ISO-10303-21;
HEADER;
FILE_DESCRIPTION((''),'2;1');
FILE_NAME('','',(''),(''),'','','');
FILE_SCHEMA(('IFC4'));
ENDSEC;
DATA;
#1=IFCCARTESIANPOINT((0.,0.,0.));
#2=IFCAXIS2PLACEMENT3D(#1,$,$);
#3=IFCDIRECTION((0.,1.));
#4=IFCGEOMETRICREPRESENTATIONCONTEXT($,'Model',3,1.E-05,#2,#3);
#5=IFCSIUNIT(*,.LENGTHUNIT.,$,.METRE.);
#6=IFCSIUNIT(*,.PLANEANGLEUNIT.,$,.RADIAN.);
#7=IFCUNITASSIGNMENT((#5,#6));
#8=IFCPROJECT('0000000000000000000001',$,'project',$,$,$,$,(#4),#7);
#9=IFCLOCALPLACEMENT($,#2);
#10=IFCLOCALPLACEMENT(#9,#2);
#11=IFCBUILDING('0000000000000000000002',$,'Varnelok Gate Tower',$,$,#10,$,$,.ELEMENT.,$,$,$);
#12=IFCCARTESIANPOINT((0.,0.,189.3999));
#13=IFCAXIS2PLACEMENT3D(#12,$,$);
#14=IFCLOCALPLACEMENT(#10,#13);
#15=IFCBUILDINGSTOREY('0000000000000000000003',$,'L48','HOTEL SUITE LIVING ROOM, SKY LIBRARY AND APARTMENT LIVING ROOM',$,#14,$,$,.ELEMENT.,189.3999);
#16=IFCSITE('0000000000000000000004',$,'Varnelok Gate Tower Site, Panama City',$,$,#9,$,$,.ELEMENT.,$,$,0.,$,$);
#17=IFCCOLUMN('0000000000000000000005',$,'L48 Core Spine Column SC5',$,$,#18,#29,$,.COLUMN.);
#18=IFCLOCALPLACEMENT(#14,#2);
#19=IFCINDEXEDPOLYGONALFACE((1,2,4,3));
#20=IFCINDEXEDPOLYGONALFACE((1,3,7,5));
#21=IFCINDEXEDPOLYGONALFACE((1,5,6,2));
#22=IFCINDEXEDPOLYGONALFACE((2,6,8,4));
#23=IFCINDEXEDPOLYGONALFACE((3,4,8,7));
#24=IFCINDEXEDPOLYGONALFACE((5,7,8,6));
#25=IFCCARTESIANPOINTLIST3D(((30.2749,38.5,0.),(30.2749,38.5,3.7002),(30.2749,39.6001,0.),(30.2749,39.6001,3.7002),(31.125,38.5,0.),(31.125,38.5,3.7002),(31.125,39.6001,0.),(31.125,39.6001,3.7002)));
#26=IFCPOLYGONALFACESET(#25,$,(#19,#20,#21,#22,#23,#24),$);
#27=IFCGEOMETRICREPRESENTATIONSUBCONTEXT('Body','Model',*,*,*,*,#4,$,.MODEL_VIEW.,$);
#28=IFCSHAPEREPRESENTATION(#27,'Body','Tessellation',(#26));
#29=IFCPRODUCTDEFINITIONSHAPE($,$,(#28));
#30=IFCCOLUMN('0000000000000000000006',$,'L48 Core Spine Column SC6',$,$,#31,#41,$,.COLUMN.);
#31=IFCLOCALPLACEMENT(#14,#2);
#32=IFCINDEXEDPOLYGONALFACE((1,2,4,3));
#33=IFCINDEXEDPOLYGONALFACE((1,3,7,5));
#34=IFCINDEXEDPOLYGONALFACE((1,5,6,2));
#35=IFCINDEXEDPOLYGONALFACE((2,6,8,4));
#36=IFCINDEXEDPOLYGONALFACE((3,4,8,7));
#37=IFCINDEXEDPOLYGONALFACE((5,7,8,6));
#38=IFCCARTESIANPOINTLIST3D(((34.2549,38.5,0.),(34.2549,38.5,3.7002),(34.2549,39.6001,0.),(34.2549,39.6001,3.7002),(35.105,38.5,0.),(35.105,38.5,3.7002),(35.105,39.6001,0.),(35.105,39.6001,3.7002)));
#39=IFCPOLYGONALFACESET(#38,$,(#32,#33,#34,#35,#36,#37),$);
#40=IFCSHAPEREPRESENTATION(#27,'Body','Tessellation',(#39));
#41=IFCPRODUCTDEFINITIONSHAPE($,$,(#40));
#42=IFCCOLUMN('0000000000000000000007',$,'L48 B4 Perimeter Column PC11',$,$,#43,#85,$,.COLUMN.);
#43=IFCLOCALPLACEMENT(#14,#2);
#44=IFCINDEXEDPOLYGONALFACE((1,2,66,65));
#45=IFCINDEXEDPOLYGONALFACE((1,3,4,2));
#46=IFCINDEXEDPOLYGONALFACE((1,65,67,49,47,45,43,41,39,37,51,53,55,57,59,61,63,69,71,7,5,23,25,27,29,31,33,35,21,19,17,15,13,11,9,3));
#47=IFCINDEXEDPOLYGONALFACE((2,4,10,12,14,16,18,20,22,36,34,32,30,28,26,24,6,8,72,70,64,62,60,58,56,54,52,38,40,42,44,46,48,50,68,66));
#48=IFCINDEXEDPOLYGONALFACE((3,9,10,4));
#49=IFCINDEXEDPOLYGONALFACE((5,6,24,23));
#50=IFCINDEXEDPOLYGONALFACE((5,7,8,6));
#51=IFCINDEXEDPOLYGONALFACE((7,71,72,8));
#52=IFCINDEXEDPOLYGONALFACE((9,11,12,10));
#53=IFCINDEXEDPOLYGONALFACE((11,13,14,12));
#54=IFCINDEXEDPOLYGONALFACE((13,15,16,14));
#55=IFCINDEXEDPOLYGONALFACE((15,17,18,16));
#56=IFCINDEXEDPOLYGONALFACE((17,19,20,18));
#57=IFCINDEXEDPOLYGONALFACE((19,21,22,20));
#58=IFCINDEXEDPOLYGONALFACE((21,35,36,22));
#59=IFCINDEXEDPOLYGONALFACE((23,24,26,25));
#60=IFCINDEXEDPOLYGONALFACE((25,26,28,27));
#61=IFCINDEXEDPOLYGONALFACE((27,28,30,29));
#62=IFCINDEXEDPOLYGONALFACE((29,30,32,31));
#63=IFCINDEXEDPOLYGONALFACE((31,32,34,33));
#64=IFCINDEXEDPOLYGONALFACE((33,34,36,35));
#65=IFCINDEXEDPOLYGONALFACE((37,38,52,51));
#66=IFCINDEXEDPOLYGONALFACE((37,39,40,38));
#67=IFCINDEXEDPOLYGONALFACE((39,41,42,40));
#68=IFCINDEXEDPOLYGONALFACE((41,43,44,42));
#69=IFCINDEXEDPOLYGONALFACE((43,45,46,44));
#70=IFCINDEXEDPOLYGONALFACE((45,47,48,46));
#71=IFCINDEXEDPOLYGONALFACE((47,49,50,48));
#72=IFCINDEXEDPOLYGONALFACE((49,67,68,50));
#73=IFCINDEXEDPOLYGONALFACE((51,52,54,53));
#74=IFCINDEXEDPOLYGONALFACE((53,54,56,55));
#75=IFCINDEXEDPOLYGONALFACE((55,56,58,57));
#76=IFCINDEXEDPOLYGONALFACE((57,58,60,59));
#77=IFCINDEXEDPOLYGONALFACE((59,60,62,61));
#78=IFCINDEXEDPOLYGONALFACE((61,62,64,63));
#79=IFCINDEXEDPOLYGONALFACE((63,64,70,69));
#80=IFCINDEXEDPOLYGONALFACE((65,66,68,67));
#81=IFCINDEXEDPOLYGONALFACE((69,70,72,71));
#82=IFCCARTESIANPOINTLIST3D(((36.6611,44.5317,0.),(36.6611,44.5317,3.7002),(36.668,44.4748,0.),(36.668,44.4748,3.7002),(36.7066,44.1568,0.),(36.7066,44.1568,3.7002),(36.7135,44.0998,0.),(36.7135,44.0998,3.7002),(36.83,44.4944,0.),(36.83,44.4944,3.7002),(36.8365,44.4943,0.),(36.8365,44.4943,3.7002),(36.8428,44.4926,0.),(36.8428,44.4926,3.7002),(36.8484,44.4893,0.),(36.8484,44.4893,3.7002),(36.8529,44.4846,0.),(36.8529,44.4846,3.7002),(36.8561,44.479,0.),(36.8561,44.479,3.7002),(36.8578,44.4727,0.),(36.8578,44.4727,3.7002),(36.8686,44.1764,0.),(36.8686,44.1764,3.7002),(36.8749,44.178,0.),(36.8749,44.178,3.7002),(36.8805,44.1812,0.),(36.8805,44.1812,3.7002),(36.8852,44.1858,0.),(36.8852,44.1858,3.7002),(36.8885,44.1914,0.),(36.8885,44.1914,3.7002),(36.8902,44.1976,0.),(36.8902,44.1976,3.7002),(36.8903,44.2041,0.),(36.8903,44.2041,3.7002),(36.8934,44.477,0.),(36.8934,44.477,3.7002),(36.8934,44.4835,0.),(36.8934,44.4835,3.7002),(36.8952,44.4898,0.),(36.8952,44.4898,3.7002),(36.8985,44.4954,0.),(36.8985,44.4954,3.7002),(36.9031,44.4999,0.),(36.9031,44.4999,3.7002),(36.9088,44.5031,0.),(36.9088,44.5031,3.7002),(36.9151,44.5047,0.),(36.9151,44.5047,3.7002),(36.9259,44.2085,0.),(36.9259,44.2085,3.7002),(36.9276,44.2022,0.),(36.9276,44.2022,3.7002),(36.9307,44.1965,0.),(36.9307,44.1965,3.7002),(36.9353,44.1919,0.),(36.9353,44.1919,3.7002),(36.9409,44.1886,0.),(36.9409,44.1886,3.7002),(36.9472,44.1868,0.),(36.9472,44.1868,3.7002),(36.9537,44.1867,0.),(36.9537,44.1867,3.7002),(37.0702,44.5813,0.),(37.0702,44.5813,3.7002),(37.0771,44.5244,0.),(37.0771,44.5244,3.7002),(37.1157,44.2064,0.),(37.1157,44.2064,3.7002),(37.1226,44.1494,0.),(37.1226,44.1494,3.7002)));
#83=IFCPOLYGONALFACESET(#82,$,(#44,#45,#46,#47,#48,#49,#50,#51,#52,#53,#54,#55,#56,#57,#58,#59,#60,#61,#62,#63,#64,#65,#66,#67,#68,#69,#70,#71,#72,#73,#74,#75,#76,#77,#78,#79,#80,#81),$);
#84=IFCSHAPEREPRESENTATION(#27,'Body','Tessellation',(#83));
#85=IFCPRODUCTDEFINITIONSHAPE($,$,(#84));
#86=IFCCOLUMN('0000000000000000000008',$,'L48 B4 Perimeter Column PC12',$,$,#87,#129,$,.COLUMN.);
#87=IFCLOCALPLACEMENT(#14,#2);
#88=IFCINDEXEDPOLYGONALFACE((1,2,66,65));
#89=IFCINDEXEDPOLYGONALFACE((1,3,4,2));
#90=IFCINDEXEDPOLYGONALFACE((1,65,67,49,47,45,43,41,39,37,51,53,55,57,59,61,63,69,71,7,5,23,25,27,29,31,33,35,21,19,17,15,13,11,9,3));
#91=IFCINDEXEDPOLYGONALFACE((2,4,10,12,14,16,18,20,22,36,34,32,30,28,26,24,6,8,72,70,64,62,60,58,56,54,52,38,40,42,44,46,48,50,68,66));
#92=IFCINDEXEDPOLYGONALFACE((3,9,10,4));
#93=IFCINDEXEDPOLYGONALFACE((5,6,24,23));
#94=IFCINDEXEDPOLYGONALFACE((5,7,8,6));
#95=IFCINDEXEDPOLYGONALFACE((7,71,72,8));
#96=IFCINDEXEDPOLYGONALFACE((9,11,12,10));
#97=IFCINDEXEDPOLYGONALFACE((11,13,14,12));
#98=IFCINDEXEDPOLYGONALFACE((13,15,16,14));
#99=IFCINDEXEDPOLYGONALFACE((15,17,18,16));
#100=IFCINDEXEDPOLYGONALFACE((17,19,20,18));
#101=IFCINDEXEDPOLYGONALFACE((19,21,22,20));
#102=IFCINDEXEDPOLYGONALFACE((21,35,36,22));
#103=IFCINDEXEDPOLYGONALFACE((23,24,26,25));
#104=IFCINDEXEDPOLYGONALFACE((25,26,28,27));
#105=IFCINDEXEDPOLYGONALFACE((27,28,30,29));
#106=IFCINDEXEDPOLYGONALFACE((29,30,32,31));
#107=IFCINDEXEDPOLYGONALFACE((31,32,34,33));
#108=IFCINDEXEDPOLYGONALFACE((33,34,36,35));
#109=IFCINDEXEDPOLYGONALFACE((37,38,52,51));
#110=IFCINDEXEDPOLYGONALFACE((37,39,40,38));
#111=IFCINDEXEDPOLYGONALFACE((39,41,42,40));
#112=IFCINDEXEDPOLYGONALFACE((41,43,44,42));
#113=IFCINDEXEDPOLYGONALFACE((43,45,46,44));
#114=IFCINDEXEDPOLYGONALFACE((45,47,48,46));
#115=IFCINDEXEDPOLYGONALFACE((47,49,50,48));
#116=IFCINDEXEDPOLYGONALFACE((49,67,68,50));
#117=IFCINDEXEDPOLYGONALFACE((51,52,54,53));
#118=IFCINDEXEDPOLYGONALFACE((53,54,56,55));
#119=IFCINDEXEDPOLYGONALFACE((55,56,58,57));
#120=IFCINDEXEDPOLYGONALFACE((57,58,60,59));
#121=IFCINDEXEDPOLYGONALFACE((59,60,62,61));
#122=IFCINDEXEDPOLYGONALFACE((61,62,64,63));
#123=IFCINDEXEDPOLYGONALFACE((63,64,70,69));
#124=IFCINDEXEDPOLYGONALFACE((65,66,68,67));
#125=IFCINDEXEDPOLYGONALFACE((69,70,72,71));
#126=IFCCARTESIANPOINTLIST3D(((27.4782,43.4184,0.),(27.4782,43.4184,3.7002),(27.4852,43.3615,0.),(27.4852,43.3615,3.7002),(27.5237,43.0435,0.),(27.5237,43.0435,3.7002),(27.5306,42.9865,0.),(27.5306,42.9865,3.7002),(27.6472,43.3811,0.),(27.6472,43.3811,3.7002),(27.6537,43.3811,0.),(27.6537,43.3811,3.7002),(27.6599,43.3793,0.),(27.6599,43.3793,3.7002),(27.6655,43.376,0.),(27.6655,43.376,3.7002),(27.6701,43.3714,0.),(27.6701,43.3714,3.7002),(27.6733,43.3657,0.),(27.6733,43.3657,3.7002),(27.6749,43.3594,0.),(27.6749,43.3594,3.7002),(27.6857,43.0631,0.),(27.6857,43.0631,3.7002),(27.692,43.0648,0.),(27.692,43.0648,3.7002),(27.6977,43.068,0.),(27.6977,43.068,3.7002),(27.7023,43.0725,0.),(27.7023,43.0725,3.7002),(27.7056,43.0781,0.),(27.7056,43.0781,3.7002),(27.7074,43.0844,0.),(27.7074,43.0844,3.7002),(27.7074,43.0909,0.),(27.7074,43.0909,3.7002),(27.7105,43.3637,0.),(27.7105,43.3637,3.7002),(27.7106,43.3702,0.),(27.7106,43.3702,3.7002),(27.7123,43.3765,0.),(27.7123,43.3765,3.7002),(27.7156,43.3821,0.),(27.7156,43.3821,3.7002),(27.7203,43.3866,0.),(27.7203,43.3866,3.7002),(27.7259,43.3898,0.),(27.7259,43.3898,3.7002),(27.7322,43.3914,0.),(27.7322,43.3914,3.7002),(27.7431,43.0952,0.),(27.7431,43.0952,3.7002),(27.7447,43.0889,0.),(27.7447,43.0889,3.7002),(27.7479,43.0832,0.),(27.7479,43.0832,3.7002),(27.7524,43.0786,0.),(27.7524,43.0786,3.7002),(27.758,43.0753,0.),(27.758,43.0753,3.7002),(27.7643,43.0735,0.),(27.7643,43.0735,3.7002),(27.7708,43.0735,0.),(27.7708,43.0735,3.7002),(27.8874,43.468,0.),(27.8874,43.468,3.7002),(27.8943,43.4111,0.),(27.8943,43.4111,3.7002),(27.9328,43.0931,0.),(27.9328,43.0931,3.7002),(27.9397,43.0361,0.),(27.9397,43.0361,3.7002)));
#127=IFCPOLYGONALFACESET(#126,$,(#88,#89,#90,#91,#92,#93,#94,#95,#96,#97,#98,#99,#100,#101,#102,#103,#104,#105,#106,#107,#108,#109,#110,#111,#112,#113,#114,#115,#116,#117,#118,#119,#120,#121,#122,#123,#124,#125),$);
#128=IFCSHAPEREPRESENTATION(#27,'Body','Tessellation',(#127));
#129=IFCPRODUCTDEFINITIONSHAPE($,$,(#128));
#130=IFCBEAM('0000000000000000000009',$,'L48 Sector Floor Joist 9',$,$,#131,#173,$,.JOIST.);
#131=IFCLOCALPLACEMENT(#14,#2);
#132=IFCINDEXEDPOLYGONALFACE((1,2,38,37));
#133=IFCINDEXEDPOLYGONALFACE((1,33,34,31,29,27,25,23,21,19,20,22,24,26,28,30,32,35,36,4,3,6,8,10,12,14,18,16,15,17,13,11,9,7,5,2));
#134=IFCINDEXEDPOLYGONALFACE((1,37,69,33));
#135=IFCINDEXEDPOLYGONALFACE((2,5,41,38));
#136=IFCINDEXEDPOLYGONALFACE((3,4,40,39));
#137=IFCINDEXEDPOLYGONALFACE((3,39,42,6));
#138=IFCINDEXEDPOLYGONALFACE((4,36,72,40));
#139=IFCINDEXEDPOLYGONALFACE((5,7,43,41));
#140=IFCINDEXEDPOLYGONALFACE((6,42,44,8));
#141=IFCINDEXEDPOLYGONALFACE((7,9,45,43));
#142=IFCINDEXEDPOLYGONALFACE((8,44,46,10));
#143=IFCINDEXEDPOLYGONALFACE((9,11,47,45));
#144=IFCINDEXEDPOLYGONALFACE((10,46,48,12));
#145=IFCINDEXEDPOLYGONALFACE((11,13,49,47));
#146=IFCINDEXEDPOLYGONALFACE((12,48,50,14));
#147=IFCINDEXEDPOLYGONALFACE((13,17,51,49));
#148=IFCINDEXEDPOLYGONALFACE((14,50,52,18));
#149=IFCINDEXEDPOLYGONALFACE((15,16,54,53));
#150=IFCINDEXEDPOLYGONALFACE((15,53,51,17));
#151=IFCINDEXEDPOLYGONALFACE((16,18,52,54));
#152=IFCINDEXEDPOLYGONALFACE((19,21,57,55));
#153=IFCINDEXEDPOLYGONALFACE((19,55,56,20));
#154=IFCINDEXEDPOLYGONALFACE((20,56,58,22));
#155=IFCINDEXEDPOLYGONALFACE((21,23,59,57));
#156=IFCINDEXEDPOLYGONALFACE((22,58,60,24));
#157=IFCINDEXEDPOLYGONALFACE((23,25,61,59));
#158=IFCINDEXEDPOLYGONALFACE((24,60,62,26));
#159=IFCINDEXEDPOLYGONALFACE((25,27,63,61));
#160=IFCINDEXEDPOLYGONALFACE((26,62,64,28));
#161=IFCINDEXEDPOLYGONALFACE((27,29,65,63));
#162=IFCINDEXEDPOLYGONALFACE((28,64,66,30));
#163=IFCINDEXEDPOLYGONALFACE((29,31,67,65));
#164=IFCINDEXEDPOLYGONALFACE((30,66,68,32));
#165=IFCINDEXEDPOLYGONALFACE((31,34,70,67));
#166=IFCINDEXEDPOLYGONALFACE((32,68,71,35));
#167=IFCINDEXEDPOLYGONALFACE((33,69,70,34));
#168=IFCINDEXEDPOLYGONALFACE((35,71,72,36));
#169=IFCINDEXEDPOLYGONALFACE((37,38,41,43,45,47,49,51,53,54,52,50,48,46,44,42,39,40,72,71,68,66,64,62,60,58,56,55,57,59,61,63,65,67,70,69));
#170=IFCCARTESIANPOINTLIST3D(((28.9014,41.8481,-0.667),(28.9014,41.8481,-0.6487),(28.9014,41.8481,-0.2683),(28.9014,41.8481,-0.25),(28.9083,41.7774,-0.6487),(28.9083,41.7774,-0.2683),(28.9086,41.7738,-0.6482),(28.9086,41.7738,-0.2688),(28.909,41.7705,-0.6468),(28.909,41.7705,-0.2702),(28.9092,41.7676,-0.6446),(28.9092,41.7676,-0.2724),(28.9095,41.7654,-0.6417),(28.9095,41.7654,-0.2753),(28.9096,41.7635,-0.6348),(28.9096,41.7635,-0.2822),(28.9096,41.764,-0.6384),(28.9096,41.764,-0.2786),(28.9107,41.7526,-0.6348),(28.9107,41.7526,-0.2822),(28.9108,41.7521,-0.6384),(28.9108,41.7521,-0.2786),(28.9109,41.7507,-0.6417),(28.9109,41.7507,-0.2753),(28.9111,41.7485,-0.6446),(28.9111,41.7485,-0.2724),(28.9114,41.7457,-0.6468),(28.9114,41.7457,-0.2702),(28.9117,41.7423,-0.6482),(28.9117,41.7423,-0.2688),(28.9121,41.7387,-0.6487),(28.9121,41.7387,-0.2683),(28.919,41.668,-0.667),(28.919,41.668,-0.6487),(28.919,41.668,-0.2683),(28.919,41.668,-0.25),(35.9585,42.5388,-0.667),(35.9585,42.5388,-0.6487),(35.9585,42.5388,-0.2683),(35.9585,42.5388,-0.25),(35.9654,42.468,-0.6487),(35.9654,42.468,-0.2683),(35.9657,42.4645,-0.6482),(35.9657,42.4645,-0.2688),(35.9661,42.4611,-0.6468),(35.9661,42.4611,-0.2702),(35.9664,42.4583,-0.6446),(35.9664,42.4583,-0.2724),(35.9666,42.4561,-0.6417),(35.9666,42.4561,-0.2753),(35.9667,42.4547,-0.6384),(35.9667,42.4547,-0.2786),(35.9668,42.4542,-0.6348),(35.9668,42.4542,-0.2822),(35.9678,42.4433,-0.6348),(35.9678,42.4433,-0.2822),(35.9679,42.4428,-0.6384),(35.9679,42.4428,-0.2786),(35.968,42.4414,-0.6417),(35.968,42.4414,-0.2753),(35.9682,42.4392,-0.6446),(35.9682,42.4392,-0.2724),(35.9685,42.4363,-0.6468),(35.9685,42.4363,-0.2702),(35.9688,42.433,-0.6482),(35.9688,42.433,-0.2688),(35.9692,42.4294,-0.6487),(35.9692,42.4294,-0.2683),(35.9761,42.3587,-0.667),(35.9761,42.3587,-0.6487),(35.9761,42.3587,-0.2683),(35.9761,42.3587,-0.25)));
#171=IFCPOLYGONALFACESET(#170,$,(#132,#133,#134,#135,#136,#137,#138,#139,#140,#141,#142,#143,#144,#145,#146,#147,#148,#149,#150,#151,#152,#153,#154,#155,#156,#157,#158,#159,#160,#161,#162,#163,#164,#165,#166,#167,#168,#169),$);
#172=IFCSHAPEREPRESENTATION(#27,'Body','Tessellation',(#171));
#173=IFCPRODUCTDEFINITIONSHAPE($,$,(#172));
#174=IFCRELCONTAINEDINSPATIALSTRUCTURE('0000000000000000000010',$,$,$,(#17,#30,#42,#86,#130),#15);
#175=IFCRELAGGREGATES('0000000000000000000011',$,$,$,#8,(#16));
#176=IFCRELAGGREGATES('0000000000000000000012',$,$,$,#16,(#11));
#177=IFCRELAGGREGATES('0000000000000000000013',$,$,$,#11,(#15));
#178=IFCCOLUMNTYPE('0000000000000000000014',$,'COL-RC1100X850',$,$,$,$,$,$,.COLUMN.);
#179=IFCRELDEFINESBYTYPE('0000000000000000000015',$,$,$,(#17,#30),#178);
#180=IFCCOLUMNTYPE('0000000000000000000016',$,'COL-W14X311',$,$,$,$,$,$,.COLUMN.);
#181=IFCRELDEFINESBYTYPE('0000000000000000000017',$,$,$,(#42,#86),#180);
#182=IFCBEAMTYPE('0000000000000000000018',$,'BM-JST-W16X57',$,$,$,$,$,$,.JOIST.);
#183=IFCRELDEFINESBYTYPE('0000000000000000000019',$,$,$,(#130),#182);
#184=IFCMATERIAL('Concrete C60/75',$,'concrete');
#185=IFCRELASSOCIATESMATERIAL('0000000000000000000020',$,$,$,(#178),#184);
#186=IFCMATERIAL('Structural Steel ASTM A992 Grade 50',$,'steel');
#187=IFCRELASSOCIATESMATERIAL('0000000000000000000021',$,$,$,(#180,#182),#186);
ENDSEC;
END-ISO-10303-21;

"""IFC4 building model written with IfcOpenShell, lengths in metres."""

from ifc_helpers import new_model, si_unit, direction, frame, origin, origin_2d, place, context, subcontext, project, spatial, rectangle, i_section, extrude, material, material_profile, profile_set, type_object, element, save


model = new_model("IFC4")

# Units and contexts
model_context = context("Model", 3, precision=1e-05, world=origin(), true_north=direction((0.0, 1.0)))
body_context = subcontext(model_context, "Body", "Model", "MODEL_VIEW")
ifc_project = project(units=[si_unit("LENGTHUNIT", "METRE"), si_unit("PLANEANGLEUNIT", "RADIAN")], contexts=[model_context])

# Site, building, storey
site_placement = place(None, origin())
site = spatial("IfcSite", under=ifc_project, at=site_placement, Name="Varnelok Gate Tower Site, Panama City", CompositionType="ELEMENT", RefElevation=0.0)
building_placement = place(site_placement, origin())
building = spatial("IfcBuilding", under=site, at=building_placement, Name="Varnelok Gate Tower", CompositionType="ELEMENT")
storey_placement = place(building_placement, frame((0.0, 0.0, 189.3999)))
storey = spatial("IfcBuildingStorey", under=building, at=storey_placement, Name="L48", Description="HOTEL SUITE LIVING ROOM, SKY LIBRARY AND APARTMENT LIVING ROOM", CompositionType="ELEMENT", Elevation=189.3999)

# Columns
ifc_material_1 = material(Name="Concrete C60/75", Category="concrete")
ifc_material_profile_1 = material_profile(ifc_material_1, rectangle(XDim=0.8501, YDim=1.1001, at=origin_2d()), Name="RC1100X850")
ifc_profile_set_1 = profile_set([ifc_material_profile_1], Name="Concrete C60/75")
column_type_1 = type_object("IfcColumnType", Name="COL-RC1100X850", PredefinedType="COLUMN", material=ifc_profile_set_1)
for number, where, z_axis, x_axis, name in (
    (1, (30.7, 39.05, 0.0), (0.0, 0.0, 1.0), (1.0, 0.0, 0.0), "L48 Core Spine Column SC5"),
    (2, (34.6799, 39.05, 0.0), (0.0, 0.0, 1.0), (1.0, 0.0, 0.0), "L48 Core Spine Column SC6"),
):
    element("IfcColumn", number, at=place(storey_placement, frame(where, z_axis=z_axis, x_axis=x_axis)), inside=storey, type_object=column_type_1, Name=name, PredefinedType="COLUMN", context=body_context, shape_type="SweptSolid", body=[
        extrude(rectangle(XDim=0.8501, YDim=1.1001, at=origin_2d()), origin(), (0.0, 0.0, 1.0), 3.7002),
    ])
ifc_material_2 = material(Name="Structural Steel ASTM A992 Grade 50", Category="steel")
ifc_material_profile_2 = material_profile(ifc_material_2, i_section(OverallWidth=0.4121, OverallDepth=0.4351, WebThickness=0.0359, FlangeThickness=0.0574, FilletRadius=0.0249, at=origin_2d()), Name="W14X311")
ifc_profile_set_2 = profile_set([ifc_material_profile_2], Name="Structural Steel ASTM A992 Grade 50")
column_type_2 = type_object("IfcColumnType", Name="COL-W14X311", PredefinedType="COLUMN", material=ifc_profile_set_2)
for number, where, z_axis, x_axis, name in (
    (3, (36.8918, 44.3406, 0.0), (0.0, 0.0, 1.0), (0.992732, 0.120345, 0.0), "L48 B4 Perimeter Column PC11"),
    (4, (27.709, 43.2273, 0.0), (0.0, 0.0, 1.0), (0.992732, 0.120345, 0.0), "L48 B4 Perimeter Column PC12"),
):
    element("IfcColumn", number, at=place(storey_placement, frame(where, z_axis=z_axis, x_axis=x_axis)), inside=storey, type_object=column_type_2, Name=name, PredefinedType="COLUMN", context=body_context, shape_type="SweptSolid", body=[
        extrude(i_section(OverallWidth=0.4121, OverallDepth=0.4351, WebThickness=0.0359, FlangeThickness=0.0574, FilletRadius=0.0249, at=origin_2d()), origin(), (0.0, 0.0, 1.0), 3.7002),
    ])

# Beam
ifc_material_profile_3 = material_profile(ifc_material_2, i_section(OverallWidth=0.1809, OverallDepth=0.417, WebThickness=0.011, FlangeThickness=0.0183, FilletRadius=0.0139, at=origin_2d()), Name="W16X57")
ifc_profile_set_3 = profile_set([ifc_material_profile_3], Name="Structural Steel ASTM A992 Grade 50")
beam_type_1 = type_object("IfcBeamType", Name="BM-JST-W16X57", PredefinedType="JOIST", material=ifc_profile_set_3)
beam_1_placement = place(storey_placement, frame((35.9673, 42.4487, -0.4585), z_axis=(-0.995245, -0.097404, 0.0), x_axis=(0.097404, -0.995245, 0.0)))
element("IfcBeam", 5, at=beam_1_placement, inside=storey, type_object=beam_type_1, Name="L48 Sector Floor Joist 9", PredefinedType="JOIST", context=body_context, shape_type="SweptSolid", body=[
    extrude(i_section(OverallWidth=0.1809, OverallDepth=0.417, WebThickness=0.011, FlangeThickness=0.0183, FilletRadius=0.0139, at=origin_2d()), origin(), (0.0, 0.0, 1.0), 7.0908),
])

save(model, "model.ifc")
